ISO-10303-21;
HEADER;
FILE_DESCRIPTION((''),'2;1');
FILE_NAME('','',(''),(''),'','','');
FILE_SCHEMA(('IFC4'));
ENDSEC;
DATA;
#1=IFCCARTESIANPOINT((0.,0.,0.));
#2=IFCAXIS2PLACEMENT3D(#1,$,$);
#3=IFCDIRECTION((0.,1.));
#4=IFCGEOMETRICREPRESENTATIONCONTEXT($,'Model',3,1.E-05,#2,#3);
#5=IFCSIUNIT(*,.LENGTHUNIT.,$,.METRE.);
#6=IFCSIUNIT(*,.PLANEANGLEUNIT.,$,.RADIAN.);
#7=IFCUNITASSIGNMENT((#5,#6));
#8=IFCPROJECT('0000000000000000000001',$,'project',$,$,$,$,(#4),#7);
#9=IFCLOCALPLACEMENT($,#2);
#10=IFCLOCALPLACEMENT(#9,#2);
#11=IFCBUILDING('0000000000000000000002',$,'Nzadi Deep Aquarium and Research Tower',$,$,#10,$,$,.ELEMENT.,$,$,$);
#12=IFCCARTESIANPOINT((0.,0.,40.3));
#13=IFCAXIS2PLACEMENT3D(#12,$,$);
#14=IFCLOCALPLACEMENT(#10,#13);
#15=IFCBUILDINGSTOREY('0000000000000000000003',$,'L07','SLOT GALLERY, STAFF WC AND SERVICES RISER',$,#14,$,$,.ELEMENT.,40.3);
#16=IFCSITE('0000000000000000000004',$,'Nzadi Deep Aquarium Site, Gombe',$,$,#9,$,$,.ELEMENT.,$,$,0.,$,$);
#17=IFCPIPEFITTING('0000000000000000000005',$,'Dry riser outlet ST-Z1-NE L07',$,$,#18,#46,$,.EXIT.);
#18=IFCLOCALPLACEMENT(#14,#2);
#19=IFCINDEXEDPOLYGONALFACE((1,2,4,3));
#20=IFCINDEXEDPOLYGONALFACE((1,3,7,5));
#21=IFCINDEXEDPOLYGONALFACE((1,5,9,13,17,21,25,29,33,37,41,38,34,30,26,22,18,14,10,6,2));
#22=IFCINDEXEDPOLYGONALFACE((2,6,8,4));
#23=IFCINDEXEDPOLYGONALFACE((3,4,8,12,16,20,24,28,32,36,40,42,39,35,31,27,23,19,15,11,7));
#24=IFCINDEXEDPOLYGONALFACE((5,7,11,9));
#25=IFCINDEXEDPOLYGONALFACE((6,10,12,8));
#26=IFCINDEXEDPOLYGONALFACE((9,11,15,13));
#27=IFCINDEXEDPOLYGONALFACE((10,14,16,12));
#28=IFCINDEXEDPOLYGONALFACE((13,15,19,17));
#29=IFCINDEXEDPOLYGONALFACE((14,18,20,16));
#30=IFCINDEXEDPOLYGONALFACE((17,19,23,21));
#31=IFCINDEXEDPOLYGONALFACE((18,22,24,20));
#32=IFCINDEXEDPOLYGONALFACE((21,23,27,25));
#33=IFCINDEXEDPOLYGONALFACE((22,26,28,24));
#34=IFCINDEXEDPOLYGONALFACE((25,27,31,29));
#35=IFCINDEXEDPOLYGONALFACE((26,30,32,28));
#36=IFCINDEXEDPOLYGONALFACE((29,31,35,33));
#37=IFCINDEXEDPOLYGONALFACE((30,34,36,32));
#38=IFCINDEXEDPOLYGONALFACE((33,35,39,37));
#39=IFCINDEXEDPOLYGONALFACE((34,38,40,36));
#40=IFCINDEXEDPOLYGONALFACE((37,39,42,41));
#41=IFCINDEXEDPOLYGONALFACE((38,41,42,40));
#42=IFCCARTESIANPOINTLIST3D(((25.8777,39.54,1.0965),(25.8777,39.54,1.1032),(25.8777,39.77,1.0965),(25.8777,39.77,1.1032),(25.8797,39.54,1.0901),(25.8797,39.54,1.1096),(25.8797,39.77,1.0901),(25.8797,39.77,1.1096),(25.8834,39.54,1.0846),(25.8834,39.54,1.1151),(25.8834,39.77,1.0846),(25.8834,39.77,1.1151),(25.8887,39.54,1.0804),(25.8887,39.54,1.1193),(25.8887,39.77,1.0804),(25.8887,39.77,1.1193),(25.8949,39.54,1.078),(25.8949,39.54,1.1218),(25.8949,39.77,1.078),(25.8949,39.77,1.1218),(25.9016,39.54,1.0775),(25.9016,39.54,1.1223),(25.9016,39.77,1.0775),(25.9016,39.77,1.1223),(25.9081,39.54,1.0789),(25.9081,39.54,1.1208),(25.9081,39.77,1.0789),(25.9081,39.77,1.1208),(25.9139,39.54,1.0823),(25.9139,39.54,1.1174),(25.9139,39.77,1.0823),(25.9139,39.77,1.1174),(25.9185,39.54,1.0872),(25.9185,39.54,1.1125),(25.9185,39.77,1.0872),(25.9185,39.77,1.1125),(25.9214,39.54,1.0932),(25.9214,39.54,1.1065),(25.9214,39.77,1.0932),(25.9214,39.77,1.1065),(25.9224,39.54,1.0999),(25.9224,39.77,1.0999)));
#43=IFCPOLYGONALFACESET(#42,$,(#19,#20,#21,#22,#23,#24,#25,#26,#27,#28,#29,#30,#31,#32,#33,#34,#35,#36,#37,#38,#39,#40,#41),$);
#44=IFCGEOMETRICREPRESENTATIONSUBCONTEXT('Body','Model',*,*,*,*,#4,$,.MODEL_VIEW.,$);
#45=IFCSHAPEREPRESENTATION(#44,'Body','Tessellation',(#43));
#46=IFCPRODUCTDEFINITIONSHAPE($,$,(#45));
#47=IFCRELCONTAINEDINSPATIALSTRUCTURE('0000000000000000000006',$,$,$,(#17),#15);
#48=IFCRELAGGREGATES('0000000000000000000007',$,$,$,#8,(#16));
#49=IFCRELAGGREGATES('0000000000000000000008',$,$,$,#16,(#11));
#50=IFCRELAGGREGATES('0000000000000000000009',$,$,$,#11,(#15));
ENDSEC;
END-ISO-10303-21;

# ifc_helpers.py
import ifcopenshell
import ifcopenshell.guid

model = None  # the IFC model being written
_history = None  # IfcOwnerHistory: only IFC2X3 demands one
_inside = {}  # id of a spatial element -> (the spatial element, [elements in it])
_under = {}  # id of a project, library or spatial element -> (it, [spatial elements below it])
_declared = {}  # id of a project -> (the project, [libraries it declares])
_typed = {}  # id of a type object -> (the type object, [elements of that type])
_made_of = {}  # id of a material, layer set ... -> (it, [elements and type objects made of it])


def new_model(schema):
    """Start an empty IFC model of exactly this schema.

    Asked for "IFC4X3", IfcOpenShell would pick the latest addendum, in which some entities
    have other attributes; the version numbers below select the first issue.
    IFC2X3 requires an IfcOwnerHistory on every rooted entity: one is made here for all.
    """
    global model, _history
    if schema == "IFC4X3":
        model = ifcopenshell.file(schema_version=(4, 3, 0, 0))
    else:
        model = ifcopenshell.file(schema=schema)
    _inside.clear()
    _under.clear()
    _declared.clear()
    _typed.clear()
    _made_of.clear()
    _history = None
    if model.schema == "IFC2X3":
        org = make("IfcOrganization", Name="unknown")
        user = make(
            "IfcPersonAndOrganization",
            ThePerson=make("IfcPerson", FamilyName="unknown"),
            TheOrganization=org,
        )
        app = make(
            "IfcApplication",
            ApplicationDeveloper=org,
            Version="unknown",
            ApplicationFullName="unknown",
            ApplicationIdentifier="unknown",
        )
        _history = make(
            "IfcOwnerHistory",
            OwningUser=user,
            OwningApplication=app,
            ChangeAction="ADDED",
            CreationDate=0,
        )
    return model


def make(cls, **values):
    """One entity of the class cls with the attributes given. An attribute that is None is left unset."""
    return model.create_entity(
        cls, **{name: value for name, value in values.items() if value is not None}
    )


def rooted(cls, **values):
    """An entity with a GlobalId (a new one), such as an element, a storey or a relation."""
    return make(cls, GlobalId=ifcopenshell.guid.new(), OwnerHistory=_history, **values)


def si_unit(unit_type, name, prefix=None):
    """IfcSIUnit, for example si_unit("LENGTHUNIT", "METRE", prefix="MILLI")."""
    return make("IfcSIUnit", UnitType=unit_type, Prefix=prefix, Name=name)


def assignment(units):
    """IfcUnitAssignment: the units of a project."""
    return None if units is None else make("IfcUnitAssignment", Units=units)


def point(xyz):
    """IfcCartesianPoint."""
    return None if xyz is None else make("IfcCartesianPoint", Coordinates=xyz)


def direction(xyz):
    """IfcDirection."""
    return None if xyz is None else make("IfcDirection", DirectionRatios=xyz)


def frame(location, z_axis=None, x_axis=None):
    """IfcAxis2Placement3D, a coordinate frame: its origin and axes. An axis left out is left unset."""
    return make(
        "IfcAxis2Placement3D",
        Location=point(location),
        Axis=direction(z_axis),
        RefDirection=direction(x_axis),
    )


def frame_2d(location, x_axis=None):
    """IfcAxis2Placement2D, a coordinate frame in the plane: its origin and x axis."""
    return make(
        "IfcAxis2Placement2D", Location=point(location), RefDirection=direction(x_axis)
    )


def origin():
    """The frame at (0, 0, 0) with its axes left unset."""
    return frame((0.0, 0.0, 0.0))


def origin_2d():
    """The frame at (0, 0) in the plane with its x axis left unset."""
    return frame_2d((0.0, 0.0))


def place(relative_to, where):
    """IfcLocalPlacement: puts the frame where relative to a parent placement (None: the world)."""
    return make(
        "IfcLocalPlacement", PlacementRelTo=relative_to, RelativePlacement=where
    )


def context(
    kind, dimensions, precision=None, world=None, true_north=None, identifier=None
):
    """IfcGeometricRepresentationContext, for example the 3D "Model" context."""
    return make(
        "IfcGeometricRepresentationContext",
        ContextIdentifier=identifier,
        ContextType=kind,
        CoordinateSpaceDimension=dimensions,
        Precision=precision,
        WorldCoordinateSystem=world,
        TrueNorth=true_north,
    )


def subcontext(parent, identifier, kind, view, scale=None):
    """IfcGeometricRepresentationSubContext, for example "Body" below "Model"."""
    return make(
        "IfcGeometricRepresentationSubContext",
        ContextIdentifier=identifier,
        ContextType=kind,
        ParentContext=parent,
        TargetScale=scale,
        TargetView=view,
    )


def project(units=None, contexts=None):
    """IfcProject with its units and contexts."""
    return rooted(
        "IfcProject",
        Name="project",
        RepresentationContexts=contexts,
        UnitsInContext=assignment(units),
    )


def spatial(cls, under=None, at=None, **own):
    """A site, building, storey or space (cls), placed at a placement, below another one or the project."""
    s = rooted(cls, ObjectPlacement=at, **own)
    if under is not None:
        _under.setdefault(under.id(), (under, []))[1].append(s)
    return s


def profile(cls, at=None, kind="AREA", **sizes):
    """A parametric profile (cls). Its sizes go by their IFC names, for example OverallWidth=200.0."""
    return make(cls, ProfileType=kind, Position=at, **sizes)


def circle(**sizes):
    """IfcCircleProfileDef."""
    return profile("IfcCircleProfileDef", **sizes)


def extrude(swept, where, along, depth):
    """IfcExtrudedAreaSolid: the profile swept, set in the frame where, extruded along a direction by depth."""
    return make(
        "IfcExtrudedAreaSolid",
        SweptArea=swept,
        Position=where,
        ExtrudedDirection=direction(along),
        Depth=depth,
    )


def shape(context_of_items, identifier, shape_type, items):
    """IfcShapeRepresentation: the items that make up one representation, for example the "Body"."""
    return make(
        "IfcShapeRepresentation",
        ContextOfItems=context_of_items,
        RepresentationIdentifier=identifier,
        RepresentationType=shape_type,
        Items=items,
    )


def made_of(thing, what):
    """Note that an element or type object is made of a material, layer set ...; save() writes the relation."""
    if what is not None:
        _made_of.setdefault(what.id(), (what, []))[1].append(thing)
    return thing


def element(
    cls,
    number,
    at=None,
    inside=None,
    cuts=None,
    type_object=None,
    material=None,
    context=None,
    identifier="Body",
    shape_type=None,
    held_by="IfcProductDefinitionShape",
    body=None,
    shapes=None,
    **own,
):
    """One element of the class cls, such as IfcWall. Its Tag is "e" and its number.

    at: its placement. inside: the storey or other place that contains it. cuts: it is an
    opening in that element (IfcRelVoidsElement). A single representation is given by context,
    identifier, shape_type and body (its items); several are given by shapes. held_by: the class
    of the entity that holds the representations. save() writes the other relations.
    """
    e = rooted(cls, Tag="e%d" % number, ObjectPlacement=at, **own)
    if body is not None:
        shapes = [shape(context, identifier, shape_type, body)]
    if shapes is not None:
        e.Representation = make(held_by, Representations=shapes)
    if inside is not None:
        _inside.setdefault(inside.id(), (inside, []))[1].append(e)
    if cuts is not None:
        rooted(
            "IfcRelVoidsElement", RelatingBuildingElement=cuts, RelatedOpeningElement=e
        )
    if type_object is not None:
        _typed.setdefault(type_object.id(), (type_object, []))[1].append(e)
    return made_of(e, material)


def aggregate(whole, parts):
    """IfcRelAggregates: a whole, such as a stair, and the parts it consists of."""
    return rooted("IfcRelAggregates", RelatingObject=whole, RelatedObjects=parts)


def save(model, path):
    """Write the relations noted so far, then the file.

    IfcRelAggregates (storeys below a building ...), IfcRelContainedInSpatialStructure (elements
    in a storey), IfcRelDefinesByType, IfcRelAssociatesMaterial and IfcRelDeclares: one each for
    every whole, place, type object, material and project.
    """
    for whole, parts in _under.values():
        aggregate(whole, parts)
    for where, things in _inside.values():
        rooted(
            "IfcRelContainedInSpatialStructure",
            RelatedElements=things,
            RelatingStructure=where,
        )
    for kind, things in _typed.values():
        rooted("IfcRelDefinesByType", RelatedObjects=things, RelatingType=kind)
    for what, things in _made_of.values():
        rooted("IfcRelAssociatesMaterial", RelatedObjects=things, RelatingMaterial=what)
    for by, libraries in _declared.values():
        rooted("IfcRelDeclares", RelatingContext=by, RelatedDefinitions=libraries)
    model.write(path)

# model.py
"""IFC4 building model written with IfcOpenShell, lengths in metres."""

from ifc_helpers import new_model, si_unit, direction, frame, origin, origin_2d, place, context, subcontext, project, spatial, circle, extrude, element, save


model = new_model("IFC4")

# Units and contexts
model_context = context("Model", 3, precision=1e-05, world=origin(), true_north=direction((0.0, 1.0)))
body_context = subcontext(model_context, "Body", "Model", "MODEL_VIEW")
ifc_project = project(units=[si_unit("LENGTHUNIT", "METRE"), si_unit("PLANEANGLEUNIT", "RADIAN")], contexts=[model_context])

# Site, building, storey
site_placement = place(None, origin())
site = spatial("IfcSite", under=ifc_project, at=site_placement, Name="Nzadi Deep Aquarium Site, Gombe", CompositionType="ELEMENT", RefElevation=0.0)
building_placement = place(site_placement, origin())
building = spatial("IfcBuilding", under=site, at=building_placement, Name="Nzadi Deep Aquarium and Research Tower", CompositionType="ELEMENT")
storey_placement = place(building_placement, frame((0.0, 0.0, 40.3)))
storey = spatial("IfcBuildingStorey", under=building, at=storey_placement, Name="L07", Description="SLOT GALLERY, STAFF WC AND SERVICES RISER", CompositionType="ELEMENT", Elevation=40.3)

# Pipe fitting
pipe_fitting_placement = place(storey_placement, frame((25.8999, 39.77, 1.0999), z_axis=(0.0, -1.0, 0.0), x_axis=(1.0, 0.0, 0.0)))
element("IfcPipeFitting", 1, at=pipe_fitting_placement, inside=storey, Name="Dry riser outlet ST-Z1-NE L07", PredefinedType="EXIT", context=body_context, shape_type="SweptSolid", body=[
    extrude(circle(Radius=0.0225, at=origin_2d()), origin(), (0.0, 0.0, 1.0), 0.23),
])

save(model, "model.ifc")
